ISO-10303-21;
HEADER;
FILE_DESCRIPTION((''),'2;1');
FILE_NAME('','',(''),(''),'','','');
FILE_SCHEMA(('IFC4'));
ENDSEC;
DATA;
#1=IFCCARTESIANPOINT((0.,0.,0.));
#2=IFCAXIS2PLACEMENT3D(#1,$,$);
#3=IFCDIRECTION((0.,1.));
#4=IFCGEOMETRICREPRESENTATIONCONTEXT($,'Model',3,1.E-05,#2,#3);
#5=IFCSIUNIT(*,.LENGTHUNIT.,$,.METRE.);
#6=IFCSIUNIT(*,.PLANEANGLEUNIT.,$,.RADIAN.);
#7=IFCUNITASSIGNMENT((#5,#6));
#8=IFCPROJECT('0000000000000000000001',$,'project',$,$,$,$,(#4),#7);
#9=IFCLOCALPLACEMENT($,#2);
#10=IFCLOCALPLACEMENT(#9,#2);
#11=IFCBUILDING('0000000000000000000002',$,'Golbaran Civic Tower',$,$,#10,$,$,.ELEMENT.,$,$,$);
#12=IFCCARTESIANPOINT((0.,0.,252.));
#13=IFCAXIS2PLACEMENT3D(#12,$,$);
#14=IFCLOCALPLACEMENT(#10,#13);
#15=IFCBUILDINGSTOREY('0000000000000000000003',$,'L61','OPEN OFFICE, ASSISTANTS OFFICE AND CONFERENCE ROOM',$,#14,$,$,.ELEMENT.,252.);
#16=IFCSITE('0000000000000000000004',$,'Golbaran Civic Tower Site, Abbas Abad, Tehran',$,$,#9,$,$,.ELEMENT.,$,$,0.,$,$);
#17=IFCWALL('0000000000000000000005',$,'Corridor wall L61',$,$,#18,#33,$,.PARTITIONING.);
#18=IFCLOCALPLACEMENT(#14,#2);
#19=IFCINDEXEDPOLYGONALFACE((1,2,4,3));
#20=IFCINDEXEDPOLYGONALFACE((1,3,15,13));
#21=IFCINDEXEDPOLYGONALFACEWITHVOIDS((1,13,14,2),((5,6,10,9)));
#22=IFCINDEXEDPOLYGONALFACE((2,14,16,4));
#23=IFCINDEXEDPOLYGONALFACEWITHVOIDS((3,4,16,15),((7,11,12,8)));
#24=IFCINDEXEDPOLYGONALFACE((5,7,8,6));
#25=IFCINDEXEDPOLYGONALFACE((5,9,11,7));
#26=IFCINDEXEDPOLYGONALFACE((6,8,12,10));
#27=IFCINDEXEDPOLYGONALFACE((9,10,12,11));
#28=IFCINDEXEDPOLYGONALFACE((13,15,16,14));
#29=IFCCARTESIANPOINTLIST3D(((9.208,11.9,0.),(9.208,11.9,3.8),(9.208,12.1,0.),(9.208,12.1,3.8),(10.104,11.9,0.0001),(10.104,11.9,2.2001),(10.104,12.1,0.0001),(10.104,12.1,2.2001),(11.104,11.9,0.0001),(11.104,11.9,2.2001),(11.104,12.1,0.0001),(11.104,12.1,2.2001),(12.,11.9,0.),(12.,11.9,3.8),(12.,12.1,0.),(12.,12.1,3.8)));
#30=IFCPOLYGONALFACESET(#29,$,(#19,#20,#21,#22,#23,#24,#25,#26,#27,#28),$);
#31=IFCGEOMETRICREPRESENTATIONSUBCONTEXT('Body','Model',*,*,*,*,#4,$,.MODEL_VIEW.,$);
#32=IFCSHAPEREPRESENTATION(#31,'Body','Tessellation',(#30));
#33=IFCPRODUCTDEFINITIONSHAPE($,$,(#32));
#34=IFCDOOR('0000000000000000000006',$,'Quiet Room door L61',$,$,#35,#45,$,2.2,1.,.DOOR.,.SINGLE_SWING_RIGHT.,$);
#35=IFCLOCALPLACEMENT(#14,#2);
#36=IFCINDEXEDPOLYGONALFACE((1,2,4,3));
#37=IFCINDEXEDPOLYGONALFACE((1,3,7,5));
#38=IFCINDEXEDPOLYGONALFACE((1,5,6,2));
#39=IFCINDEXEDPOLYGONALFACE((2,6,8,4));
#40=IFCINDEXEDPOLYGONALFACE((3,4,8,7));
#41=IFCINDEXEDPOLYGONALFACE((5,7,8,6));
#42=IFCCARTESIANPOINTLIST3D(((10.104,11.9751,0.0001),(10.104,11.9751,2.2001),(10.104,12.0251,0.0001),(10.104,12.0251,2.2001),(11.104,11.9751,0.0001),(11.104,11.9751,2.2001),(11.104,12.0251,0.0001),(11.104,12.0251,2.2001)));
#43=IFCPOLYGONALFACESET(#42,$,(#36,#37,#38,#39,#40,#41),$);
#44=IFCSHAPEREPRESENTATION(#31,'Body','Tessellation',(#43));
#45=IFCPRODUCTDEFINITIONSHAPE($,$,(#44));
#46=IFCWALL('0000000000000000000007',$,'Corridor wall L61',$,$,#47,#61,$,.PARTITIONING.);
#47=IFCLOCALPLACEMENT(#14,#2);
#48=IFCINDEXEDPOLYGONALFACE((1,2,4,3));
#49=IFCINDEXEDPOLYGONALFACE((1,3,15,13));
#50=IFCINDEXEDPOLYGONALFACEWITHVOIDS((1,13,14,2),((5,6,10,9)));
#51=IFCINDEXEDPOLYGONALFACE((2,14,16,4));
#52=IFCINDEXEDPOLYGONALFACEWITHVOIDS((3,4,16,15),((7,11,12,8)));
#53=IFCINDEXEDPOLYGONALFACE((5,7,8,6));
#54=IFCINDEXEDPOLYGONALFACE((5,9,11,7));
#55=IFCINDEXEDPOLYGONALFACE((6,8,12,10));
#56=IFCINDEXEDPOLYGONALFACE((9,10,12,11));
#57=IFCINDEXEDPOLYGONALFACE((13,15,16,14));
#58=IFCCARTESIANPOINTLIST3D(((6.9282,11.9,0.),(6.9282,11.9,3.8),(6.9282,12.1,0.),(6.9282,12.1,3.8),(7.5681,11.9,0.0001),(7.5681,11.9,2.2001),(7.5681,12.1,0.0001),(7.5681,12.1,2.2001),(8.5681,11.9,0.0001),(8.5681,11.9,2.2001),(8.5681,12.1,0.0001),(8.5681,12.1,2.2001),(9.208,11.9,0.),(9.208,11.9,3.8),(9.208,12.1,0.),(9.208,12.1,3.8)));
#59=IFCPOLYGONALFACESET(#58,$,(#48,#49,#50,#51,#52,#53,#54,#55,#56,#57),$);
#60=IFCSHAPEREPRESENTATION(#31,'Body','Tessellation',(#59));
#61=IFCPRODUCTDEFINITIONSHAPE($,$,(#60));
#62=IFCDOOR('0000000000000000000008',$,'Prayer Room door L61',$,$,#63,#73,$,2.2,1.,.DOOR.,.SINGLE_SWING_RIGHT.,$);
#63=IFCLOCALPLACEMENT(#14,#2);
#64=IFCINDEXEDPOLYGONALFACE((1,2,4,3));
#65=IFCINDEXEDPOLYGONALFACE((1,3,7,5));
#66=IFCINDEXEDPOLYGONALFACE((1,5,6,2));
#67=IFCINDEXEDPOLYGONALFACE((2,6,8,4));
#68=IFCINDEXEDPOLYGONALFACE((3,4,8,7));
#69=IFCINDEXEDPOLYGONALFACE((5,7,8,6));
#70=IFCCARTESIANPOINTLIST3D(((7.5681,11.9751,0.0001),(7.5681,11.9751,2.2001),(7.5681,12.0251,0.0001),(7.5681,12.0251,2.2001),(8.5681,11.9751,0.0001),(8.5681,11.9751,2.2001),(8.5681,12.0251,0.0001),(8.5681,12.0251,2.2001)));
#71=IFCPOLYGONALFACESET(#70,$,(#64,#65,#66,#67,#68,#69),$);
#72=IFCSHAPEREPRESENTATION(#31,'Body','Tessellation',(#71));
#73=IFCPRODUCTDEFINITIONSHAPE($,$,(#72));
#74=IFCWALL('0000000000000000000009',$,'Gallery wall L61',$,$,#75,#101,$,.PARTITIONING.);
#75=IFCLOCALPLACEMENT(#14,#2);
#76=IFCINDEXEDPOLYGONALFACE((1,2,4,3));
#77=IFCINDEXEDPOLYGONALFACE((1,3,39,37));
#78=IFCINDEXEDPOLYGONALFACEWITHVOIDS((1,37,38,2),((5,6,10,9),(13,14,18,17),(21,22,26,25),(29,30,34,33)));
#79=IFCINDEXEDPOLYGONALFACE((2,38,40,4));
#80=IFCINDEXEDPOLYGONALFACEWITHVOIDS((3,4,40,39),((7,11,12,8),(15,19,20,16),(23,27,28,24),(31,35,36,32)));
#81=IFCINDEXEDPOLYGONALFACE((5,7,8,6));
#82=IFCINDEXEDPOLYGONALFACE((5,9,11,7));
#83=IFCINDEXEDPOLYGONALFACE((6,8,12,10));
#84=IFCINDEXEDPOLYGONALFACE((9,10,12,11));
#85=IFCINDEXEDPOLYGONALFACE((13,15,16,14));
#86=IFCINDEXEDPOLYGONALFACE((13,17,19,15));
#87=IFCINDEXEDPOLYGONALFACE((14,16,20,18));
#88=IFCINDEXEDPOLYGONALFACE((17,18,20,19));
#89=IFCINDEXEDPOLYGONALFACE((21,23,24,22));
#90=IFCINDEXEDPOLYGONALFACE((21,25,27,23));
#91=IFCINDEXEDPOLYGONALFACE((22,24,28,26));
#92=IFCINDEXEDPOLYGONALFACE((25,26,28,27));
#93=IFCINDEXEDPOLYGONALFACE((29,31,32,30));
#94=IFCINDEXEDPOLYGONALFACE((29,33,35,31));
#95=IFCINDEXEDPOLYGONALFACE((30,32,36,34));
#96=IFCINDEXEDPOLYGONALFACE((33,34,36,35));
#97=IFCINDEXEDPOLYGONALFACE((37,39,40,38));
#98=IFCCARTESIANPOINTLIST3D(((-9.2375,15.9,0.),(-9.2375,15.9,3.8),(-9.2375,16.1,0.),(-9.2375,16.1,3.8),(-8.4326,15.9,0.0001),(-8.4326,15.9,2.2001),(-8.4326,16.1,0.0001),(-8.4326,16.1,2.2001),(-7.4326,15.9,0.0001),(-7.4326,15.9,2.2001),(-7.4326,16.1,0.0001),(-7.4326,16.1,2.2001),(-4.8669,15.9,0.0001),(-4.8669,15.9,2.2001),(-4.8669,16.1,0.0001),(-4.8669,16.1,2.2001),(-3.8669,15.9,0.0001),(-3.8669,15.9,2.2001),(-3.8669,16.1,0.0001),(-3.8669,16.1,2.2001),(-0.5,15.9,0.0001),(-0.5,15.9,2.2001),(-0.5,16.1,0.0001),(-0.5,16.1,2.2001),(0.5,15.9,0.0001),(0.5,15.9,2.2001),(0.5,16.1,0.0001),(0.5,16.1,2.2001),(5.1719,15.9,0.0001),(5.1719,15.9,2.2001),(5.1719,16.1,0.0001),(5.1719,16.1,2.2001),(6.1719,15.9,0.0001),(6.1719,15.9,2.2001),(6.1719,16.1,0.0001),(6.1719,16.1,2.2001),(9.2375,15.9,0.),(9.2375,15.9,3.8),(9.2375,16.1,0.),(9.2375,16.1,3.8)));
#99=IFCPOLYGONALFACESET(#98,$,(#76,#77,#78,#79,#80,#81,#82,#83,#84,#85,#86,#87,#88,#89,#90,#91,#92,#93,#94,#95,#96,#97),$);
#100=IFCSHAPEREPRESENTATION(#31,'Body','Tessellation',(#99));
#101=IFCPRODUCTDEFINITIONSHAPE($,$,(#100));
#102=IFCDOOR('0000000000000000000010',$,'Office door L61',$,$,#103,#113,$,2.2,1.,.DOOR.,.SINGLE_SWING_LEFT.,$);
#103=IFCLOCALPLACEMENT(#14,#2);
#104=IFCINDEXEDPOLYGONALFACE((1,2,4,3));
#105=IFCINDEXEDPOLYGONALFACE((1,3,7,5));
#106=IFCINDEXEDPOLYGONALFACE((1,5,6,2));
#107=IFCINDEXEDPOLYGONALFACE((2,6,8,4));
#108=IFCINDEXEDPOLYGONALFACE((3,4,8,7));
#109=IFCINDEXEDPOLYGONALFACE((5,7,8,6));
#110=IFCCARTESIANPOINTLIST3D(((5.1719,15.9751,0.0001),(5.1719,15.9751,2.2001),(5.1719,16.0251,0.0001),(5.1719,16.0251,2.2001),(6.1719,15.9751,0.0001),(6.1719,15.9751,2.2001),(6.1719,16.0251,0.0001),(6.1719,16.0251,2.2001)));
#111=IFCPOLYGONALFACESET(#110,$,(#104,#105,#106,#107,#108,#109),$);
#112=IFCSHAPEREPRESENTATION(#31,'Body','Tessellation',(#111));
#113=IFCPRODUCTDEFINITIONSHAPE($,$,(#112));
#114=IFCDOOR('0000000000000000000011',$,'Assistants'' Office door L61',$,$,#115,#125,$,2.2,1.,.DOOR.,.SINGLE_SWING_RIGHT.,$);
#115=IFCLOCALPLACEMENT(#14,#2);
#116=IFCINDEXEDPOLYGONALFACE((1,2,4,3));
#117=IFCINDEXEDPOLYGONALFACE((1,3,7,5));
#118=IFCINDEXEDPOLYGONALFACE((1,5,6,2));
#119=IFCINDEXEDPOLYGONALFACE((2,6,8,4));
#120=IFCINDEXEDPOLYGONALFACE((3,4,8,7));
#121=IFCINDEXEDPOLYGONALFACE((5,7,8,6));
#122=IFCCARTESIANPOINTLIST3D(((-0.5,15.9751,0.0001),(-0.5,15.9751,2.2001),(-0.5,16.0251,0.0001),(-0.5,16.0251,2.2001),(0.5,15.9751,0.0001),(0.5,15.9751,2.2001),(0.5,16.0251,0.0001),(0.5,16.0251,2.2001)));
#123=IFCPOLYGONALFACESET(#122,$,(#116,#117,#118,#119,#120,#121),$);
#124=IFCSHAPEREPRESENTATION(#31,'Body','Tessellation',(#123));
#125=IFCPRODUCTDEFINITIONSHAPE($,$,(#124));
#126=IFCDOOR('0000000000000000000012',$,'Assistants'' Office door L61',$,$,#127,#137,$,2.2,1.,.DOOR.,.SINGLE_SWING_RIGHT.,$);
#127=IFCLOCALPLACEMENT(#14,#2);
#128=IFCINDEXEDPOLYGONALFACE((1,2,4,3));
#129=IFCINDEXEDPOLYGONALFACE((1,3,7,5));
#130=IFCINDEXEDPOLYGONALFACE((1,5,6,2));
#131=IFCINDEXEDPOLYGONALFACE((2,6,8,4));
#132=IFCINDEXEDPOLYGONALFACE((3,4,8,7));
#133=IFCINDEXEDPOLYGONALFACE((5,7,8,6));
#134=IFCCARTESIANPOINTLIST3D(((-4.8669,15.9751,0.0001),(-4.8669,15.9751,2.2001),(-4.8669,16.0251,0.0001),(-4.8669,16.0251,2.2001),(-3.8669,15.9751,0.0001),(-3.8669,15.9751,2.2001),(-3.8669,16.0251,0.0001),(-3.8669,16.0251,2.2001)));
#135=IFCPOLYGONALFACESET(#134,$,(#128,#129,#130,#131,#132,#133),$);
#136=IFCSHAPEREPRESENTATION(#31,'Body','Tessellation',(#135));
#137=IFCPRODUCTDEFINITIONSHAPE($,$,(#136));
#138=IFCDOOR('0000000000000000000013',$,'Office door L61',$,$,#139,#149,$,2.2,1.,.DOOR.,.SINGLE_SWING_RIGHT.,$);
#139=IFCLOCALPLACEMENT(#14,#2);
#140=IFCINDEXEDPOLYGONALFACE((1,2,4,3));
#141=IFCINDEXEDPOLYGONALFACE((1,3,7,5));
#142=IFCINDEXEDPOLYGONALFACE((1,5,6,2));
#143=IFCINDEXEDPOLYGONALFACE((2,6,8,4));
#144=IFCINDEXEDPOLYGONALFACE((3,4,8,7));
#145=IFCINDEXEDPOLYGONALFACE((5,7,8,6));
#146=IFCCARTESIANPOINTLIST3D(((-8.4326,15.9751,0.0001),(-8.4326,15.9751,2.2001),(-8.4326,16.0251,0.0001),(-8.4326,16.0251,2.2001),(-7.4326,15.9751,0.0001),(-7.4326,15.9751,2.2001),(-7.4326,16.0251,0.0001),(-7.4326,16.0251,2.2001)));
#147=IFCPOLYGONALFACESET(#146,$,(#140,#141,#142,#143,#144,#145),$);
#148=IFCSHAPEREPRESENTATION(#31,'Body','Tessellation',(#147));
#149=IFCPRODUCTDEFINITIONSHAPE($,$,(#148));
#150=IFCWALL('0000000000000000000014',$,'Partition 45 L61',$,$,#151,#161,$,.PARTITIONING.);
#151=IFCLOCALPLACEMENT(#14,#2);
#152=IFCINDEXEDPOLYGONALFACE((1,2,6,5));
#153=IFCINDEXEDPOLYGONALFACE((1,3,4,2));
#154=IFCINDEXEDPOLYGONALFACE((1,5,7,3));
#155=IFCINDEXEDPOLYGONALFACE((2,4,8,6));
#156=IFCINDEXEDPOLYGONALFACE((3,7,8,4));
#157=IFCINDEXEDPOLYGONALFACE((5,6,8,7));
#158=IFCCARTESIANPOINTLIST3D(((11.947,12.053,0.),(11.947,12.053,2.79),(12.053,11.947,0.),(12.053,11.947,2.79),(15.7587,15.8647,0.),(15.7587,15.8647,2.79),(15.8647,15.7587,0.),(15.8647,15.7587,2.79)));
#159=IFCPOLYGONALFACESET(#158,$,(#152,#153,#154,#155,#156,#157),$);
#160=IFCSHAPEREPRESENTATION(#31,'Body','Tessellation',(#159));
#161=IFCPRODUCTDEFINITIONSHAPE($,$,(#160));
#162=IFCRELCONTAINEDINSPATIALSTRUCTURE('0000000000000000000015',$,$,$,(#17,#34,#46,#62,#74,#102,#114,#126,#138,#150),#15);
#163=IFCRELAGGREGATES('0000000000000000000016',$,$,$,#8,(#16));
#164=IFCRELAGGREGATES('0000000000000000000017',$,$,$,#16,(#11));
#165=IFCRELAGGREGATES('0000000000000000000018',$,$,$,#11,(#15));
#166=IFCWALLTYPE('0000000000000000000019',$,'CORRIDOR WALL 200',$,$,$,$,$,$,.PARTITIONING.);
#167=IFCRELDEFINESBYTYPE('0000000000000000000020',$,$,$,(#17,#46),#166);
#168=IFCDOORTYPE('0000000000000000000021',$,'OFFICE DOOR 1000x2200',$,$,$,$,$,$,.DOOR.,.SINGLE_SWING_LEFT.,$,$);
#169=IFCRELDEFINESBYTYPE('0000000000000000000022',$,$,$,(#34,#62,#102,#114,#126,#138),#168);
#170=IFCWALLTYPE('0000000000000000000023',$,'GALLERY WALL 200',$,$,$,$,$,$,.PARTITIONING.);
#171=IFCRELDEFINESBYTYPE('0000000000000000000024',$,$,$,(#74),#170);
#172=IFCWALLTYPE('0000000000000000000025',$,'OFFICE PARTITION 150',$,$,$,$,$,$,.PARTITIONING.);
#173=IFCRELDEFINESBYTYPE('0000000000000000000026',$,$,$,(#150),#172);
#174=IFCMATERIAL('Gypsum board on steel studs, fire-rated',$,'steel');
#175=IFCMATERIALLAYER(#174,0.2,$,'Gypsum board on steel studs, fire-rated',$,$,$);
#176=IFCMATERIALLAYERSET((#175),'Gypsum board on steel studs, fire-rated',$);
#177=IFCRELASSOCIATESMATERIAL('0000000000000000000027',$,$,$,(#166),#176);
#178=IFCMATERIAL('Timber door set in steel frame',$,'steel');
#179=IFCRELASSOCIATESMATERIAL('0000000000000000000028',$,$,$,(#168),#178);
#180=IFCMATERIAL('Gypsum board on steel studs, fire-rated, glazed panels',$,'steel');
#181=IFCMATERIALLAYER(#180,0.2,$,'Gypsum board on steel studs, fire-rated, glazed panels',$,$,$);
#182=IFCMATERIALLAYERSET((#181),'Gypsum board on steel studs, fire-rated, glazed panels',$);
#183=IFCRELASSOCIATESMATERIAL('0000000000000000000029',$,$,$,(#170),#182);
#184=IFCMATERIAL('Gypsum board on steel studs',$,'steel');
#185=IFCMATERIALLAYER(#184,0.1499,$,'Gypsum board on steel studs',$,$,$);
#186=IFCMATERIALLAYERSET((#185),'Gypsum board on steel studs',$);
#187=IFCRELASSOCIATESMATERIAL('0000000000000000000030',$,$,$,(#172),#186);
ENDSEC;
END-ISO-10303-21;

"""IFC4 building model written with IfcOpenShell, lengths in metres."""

from ifc_helpers import new_model, si_unit, direction, frame, frame_2d, origin, place, context, subcontext, project, spatial, rectangle, extrude, material, layer, layer_set, type_object, element, fill, save


model = new_model("IFC4")

# Units and contexts
model_context = context("Model", 3, precision=1e-05, world=origin(), true_north=direction((0.0, 1.0)))
body_context = subcontext(model_context, "Body", "Model", "MODEL_VIEW")
ifc_project = project(units=[si_unit("LENGTHUNIT", "METRE"), si_unit("PLANEANGLEUNIT", "RADIAN")], contexts=[model_context])

# Site, building, storey
site_placement = place(None, origin())
site = spatial("IfcSite", under=ifc_project, at=site_placement, Name="Golbaran Civic Tower Site, Abbas Abad, Tehran", CompositionType="ELEMENT", RefElevation=0.0)
building_placement = place(site_placement, origin())
building = spatial("IfcBuilding", under=site, at=building_placement, Name="Golbaran Civic Tower", CompositionType="ELEMENT")
storey_placement = place(building_placement, frame((0.0, 0.0, 252.0)))
storey = spatial("IfcBuildingStorey", under=building, at=storey_placement, Name="L61", Description="OPEN OFFICE, ASSISTANTS OFFICE AND CONFERENCE ROOM", CompositionType="ELEMENT", Elevation=252.0)

# Walls, openings, doors
ifc_material_1 = material(Name="Gypsum board on steel studs, fire-rated", Category="steel")
ifc_layer_1 = layer(ifc_material_1, 0.2, Name="Gypsum board on steel studs, fire-rated")
ifc_layer_set_1 = layer_set([ifc_layer_1], Name="Gypsum board on steel studs, fire-rated")
wall_type_1 = type_object("IfcWallType", Name="CORRIDOR WALL 200", PredefinedType="PARTITIONING", material=ifc_layer_set_1)
wall_1_placement = place(storey_placement, frame((12.0, 12.0, 0.0), z_axis=(0.0, 0.0, 1.0), x_axis=(-1.0, 0.0, 0.0)))
wall_1 = element("IfcWall", 1, at=wall_1_placement, inside=storey, type_object=wall_type_1, Name="Corridor wall L61", PredefinedType="PARTITIONING", context=body_context, shape_type="SweptSolid", body=[
    extrude(rectangle(XDim=2.792, YDim=0.2, at=frame_2d((1.396, 0.0))), origin(), (0.0, 0.0, 1.0), 3.8),
])
opening_1_placement = place(wall_1_placement, frame((0.896, 0.0, 0.0)))
opening_1 = element("IfcOpeningElement", 2, at=opening_1_placement, cuts=wall_1, PredefinedType="OPENING", context=body_context, shape_type="SweptSolid", body=[
    extrude(rectangle(XDim=1.0, YDim=2.2, at=frame_2d((0.5, 1.1001))), frame((0.0, 0.1099, 0.0), z_axis=(0.0, -1.0, 0.0), x_axis=(1.0, 0.0, 0.0)), (0.0, 0.0, 1.0), 0.22),
])
ifc_material_2 = material(Name="Timber door set in steel frame", Category="steel")
door_type = type_object("IfcDoorType", Name="OFFICE DOOR 1000x2200", OperationType="SINGLE_SWING_LEFT", PredefinedType="DOOR", material=ifc_material_2)
door_1_placement = place(opening_1_placement, origin())
door_1 = element("IfcDoor", 3, at=door_1_placement, inside=storey, type_object=door_type, Name="Quiet Room door L61", OperationType="SINGLE_SWING_RIGHT", OverallHeight=2.2, OverallWidth=1.0, PredefinedType="DOOR", context=body_context, shape_type="SweptSolid", body=[
    extrude(rectangle(XDim=1.0, YDim=2.2, at=frame_2d((0.5, 1.1001))), frame((0.0, 0.0249, 0.0), z_axis=(0.0, -1.0, 0.0), x_axis=(1.0, 0.0, 0.0)), (0.0, 0.0, 1.0), 0.05),
])
fill(opening_1, door_1)
wall_2_placement = place(storey_placement, frame((9.208, 12.0, 0.0), z_axis=(0.0, 0.0, 1.0), x_axis=(-1.0, 0.0, 0.0)))
wall_2 = element("IfcWall", 4, at=wall_2_placement, inside=storey, type_object=wall_type_1, Name="Corridor wall L61", PredefinedType="PARTITIONING", context=body_context, shape_type="SweptSolid", body=[
    extrude(rectangle(XDim=2.2798, YDim=0.2, at=frame_2d((1.1399, 0.0))), origin(), (0.0, 0.0, 1.0), 3.8),
])
opening_2_placement = place(wall_2_placement, frame((0.6399, 0.0, 0.0)))
opening_2 = element("IfcOpeningElement", 5, at=opening_2_placement, cuts=wall_2, PredefinedType="OPENING", context=body_context, shape_type="SweptSolid", body=[
    extrude(rectangle(XDim=1.0, YDim=2.2, at=frame_2d((0.5, 1.1001))), frame((0.0, 0.1099, 0.0), z_axis=(0.0, -1.0, 0.0), x_axis=(1.0, 0.0, 0.0)), (0.0, 0.0, 1.0), 0.22),
])
door_2_placement = place(opening_2_placement, origin())
door_2 = element("IfcDoor", 6, at=door_2_placement, inside=storey, type_object=door_type, Name="Prayer Room door L61", OperationType="SINGLE_SWING_RIGHT", OverallHeight=2.2, OverallWidth=1.0, PredefinedType="DOOR", context=body_context, shape_type="SweptSolid", body=[
    extrude(rectangle(XDim=1.0, YDim=2.2, at=frame_2d((0.5, 1.1001))), frame((0.0, 0.0249, 0.0), z_axis=(0.0, -1.0, 0.0), x_axis=(1.0, 0.0, 0.0)), (0.0, 0.0, 1.0), 0.05),
])
fill(opening_2, door_2)

# Wall, openings, doors
ifc_material_3 = material(Name="Gypsum board on steel studs, fire-rated, glazed panels", Category="steel")
ifc_layer_2 = layer(ifc_material_3, 0.2, Name="Gypsum board on steel studs, fire-rated, glazed panels")
ifc_layer_set_2 = layer_set([ifc_layer_2], Name="Gypsum board on steel studs, fire-rated, glazed panels")
wall_type_2 = type_object("IfcWallType", Name="GALLERY WALL 200", PredefinedType="PARTITIONING", material=ifc_layer_set_2)
wall_3_placement = place(storey_placement, frame((9.2375, 16.0, 0.0), z_axis=(0.0, 0.0, 1.0), x_axis=(-1.0, 0.0, 0.0)))
wall_3 = element("IfcWall", 7, at=wall_3_placement, inside=storey, type_object=wall_type_2, Name="Gallery wall L61", PredefinedType="PARTITIONING", context=body_context, shape_type="SweptSolid", body=[
    extrude(rectangle(XDim=18.4751, YDim=0.2, at=frame_2d((9.2375, 0.0))), origin(), (0.0, 0.0, 1.0), 3.8),
])
opening_3_placement = place(wall_3_placement, frame((3.0657, 0.0, 0.0)))
opening_3 = element("IfcOpeningElement", 8, at=opening_3_placement, cuts=wall_3, PredefinedType="OPENING", context=body_context, shape_type="SweptSolid", body=[
    extrude(rectangle(XDim=1.0, YDim=2.2, at=frame_2d((0.5, 1.1001))), frame((0.0, 0.1099, 0.0), z_axis=(0.0, -1.0, 0.0), x_axis=(1.0, 0.0, 0.0)), (0.0, 0.0, 1.0), 0.22),
])
opening_4_placement = place(wall_3_placement, frame((8.7375, 0.0, 0.0)))
opening_4 = element("IfcOpeningElement", 9, at=opening_4_placement, cuts=wall_3, PredefinedType="OPENING", context=body_context, shape_type="SweptSolid", body=[
    extrude(rectangle(XDim=1.0, YDim=2.2, at=frame_2d((0.5, 1.1001))), frame((0.0, 0.1099, 0.0), z_axis=(0.0, -1.0, 0.0), x_axis=(1.0, 0.0, 0.0)), (0.0, 0.0, 1.0), 0.22),
])
opening_5_placement = place(wall_3_placement, frame((13.1045, 0.0, 0.0)))
opening_5 = element("IfcOpeningElement", 10, at=opening_5_placement, cuts=wall_3, PredefinedType="OPENING", context=body_context, shape_type="SweptSolid", body=[
    extrude(rectangle(XDim=1.0, YDim=2.2, at=frame_2d((0.5, 1.1001))), frame((0.0, 0.1099, 0.0), z_axis=(0.0, -1.0, 0.0), x_axis=(1.0, 0.0, 0.0)), (0.0, 0.0, 1.0), 0.22),
])
opening_6_placement = place(wall_3_placement, frame((16.6702, 0.0, 0.0)))
opening_6 = element("IfcOpeningElement", 11, at=opening_6_placement, cuts=wall_3, PredefinedType="OPENING", context=body_context, shape_type="SweptSolid", body=[
    extrude(rectangle(XDim=1.0, YDim=2.2, at=frame_2d((0.5, 1.1001))), frame((0.0, 0.1099, 0.0), z_axis=(0.0, -1.0, 0.0), x_axis=(1.0, 0.0, 0.0)), (0.0, 0.0, 1.0), 0.22),
])
door_3_placement = place(opening_3_placement, origin())
door_3 = element("IfcDoor", 12, at=door_3_placement, inside=storey, type_object=door_type, Name="Office door L61", OperationType="SINGLE_SWING_LEFT", OverallHeight=2.2, OverallWidth=1.0, PredefinedType="DOOR", context=body_context, shape_type="SweptSolid", body=[
    extrude(rectangle(XDim=1.0, YDim=2.2, at=frame_2d((0.5, 1.1001))), frame((0.0, 0.0249, 0.0), z_axis=(0.0, -1.0, 0.0), x_axis=(1.0, 0.0, 0.0)), (0.0, 0.0, 1.0), 0.05),
])
fill(opening_3, door_3)
door_4_placement = place(opening_4_placement, origin())
door_4 = element("IfcDoor", 13, at=door_4_placement, inside=storey, type_object=door_type, Name="Assistants' Office door L61", OperationType="SINGLE_SWING_RIGHT", OverallHeight=2.2, OverallWidth=1.0, PredefinedType="DOOR", context=body_context, shape_type="SweptSolid", body=[
    extrude(rectangle(XDim=1.0, YDim=2.2, at=frame_2d((0.5, 1.1001))), frame((0.0, 0.0249, 0.0), z_axis=(0.0, -1.0, 0.0), x_axis=(1.0, 0.0, 0.0)), (0.0, 0.0, 1.0), 0.05),
])
fill(opening_4, door_4)
door_5_placement = place(opening_5_placement, origin())
door_5 = element("IfcDoor", 14, at=door_5_placement, inside=storey, type_object=door_type, Name="Assistants' Office door L61", OperationType="SINGLE_SWING_RIGHT", OverallHeight=2.2, OverallWidth=1.0, PredefinedType="DOOR", context=body_context, shape_type="SweptSolid", body=[
    extrude(rectangle(XDim=1.0, YDim=2.2, at=frame_2d((0.5, 1.1001))), frame((0.0, 0.0249, 0.0), z_axis=(0.0, -1.0, 0.0), x_axis=(1.0, 0.0, 0.0)), (0.0, 0.0, 1.0), 0.05),
])
fill(opening_5, door_5)
door_6_placement = place(opening_6_placement, origin())
door_6 = element("IfcDoor", 15, at=door_6_placement, inside=storey, type_object=door_type, Name="Office door L61", OperationType="SINGLE_SWING_RIGHT", OverallHeight=2.2, OverallWidth=1.0, PredefinedType="DOOR", context=body_context, shape_type="SweptSolid", body=[
    extrude(rectangle(XDim=1.0, YDim=2.2, at=frame_2d((0.5, 1.1001))), frame((0.0, 0.0249, 0.0), z_axis=(0.0, -1.0, 0.0), x_axis=(1.0, 0.0, 0.0)), (0.0, 0.0, 1.0), 0.05),
])
fill(opening_6, door_6)

# Wall
ifc_material_4 = material(Name="Gypsum board on steel studs", Category="steel")
ifc_layer_3 = layer(ifc_material_4, 0.1499, Name="Gypsum board on steel studs")
ifc_layer_set_3 = layer_set([ifc_layer_3], Name="Gypsum board on steel studs")
wall_type_3 = type_object("IfcWallType", Name="OFFICE PARTITION 150", PredefinedType="PARTITIONING", material=ifc_layer_set_3)
wall_4_placement = place(storey_placement, frame((12.0, 12.0, 0.0), z_axis=(0.0, 0.0, 1.0), x_axis=(0.707107, 0.707107, 0.0)))
element("IfcWall", 16, at=wall_4_placement, inside=storey, type_object=wall_type_3, Name="Partition 45 L61", PredefinedType="PARTITIONING", context=body_context, shape_type="SweptSolid", body=[
    extrude(rectangle(XDim=5.3906, YDim=0.1499, at=frame_2d((2.6953, 0.0))), origin(), (0.0, 0.0, 1.0), 2.79),
])

save(model, "model.ifc")
